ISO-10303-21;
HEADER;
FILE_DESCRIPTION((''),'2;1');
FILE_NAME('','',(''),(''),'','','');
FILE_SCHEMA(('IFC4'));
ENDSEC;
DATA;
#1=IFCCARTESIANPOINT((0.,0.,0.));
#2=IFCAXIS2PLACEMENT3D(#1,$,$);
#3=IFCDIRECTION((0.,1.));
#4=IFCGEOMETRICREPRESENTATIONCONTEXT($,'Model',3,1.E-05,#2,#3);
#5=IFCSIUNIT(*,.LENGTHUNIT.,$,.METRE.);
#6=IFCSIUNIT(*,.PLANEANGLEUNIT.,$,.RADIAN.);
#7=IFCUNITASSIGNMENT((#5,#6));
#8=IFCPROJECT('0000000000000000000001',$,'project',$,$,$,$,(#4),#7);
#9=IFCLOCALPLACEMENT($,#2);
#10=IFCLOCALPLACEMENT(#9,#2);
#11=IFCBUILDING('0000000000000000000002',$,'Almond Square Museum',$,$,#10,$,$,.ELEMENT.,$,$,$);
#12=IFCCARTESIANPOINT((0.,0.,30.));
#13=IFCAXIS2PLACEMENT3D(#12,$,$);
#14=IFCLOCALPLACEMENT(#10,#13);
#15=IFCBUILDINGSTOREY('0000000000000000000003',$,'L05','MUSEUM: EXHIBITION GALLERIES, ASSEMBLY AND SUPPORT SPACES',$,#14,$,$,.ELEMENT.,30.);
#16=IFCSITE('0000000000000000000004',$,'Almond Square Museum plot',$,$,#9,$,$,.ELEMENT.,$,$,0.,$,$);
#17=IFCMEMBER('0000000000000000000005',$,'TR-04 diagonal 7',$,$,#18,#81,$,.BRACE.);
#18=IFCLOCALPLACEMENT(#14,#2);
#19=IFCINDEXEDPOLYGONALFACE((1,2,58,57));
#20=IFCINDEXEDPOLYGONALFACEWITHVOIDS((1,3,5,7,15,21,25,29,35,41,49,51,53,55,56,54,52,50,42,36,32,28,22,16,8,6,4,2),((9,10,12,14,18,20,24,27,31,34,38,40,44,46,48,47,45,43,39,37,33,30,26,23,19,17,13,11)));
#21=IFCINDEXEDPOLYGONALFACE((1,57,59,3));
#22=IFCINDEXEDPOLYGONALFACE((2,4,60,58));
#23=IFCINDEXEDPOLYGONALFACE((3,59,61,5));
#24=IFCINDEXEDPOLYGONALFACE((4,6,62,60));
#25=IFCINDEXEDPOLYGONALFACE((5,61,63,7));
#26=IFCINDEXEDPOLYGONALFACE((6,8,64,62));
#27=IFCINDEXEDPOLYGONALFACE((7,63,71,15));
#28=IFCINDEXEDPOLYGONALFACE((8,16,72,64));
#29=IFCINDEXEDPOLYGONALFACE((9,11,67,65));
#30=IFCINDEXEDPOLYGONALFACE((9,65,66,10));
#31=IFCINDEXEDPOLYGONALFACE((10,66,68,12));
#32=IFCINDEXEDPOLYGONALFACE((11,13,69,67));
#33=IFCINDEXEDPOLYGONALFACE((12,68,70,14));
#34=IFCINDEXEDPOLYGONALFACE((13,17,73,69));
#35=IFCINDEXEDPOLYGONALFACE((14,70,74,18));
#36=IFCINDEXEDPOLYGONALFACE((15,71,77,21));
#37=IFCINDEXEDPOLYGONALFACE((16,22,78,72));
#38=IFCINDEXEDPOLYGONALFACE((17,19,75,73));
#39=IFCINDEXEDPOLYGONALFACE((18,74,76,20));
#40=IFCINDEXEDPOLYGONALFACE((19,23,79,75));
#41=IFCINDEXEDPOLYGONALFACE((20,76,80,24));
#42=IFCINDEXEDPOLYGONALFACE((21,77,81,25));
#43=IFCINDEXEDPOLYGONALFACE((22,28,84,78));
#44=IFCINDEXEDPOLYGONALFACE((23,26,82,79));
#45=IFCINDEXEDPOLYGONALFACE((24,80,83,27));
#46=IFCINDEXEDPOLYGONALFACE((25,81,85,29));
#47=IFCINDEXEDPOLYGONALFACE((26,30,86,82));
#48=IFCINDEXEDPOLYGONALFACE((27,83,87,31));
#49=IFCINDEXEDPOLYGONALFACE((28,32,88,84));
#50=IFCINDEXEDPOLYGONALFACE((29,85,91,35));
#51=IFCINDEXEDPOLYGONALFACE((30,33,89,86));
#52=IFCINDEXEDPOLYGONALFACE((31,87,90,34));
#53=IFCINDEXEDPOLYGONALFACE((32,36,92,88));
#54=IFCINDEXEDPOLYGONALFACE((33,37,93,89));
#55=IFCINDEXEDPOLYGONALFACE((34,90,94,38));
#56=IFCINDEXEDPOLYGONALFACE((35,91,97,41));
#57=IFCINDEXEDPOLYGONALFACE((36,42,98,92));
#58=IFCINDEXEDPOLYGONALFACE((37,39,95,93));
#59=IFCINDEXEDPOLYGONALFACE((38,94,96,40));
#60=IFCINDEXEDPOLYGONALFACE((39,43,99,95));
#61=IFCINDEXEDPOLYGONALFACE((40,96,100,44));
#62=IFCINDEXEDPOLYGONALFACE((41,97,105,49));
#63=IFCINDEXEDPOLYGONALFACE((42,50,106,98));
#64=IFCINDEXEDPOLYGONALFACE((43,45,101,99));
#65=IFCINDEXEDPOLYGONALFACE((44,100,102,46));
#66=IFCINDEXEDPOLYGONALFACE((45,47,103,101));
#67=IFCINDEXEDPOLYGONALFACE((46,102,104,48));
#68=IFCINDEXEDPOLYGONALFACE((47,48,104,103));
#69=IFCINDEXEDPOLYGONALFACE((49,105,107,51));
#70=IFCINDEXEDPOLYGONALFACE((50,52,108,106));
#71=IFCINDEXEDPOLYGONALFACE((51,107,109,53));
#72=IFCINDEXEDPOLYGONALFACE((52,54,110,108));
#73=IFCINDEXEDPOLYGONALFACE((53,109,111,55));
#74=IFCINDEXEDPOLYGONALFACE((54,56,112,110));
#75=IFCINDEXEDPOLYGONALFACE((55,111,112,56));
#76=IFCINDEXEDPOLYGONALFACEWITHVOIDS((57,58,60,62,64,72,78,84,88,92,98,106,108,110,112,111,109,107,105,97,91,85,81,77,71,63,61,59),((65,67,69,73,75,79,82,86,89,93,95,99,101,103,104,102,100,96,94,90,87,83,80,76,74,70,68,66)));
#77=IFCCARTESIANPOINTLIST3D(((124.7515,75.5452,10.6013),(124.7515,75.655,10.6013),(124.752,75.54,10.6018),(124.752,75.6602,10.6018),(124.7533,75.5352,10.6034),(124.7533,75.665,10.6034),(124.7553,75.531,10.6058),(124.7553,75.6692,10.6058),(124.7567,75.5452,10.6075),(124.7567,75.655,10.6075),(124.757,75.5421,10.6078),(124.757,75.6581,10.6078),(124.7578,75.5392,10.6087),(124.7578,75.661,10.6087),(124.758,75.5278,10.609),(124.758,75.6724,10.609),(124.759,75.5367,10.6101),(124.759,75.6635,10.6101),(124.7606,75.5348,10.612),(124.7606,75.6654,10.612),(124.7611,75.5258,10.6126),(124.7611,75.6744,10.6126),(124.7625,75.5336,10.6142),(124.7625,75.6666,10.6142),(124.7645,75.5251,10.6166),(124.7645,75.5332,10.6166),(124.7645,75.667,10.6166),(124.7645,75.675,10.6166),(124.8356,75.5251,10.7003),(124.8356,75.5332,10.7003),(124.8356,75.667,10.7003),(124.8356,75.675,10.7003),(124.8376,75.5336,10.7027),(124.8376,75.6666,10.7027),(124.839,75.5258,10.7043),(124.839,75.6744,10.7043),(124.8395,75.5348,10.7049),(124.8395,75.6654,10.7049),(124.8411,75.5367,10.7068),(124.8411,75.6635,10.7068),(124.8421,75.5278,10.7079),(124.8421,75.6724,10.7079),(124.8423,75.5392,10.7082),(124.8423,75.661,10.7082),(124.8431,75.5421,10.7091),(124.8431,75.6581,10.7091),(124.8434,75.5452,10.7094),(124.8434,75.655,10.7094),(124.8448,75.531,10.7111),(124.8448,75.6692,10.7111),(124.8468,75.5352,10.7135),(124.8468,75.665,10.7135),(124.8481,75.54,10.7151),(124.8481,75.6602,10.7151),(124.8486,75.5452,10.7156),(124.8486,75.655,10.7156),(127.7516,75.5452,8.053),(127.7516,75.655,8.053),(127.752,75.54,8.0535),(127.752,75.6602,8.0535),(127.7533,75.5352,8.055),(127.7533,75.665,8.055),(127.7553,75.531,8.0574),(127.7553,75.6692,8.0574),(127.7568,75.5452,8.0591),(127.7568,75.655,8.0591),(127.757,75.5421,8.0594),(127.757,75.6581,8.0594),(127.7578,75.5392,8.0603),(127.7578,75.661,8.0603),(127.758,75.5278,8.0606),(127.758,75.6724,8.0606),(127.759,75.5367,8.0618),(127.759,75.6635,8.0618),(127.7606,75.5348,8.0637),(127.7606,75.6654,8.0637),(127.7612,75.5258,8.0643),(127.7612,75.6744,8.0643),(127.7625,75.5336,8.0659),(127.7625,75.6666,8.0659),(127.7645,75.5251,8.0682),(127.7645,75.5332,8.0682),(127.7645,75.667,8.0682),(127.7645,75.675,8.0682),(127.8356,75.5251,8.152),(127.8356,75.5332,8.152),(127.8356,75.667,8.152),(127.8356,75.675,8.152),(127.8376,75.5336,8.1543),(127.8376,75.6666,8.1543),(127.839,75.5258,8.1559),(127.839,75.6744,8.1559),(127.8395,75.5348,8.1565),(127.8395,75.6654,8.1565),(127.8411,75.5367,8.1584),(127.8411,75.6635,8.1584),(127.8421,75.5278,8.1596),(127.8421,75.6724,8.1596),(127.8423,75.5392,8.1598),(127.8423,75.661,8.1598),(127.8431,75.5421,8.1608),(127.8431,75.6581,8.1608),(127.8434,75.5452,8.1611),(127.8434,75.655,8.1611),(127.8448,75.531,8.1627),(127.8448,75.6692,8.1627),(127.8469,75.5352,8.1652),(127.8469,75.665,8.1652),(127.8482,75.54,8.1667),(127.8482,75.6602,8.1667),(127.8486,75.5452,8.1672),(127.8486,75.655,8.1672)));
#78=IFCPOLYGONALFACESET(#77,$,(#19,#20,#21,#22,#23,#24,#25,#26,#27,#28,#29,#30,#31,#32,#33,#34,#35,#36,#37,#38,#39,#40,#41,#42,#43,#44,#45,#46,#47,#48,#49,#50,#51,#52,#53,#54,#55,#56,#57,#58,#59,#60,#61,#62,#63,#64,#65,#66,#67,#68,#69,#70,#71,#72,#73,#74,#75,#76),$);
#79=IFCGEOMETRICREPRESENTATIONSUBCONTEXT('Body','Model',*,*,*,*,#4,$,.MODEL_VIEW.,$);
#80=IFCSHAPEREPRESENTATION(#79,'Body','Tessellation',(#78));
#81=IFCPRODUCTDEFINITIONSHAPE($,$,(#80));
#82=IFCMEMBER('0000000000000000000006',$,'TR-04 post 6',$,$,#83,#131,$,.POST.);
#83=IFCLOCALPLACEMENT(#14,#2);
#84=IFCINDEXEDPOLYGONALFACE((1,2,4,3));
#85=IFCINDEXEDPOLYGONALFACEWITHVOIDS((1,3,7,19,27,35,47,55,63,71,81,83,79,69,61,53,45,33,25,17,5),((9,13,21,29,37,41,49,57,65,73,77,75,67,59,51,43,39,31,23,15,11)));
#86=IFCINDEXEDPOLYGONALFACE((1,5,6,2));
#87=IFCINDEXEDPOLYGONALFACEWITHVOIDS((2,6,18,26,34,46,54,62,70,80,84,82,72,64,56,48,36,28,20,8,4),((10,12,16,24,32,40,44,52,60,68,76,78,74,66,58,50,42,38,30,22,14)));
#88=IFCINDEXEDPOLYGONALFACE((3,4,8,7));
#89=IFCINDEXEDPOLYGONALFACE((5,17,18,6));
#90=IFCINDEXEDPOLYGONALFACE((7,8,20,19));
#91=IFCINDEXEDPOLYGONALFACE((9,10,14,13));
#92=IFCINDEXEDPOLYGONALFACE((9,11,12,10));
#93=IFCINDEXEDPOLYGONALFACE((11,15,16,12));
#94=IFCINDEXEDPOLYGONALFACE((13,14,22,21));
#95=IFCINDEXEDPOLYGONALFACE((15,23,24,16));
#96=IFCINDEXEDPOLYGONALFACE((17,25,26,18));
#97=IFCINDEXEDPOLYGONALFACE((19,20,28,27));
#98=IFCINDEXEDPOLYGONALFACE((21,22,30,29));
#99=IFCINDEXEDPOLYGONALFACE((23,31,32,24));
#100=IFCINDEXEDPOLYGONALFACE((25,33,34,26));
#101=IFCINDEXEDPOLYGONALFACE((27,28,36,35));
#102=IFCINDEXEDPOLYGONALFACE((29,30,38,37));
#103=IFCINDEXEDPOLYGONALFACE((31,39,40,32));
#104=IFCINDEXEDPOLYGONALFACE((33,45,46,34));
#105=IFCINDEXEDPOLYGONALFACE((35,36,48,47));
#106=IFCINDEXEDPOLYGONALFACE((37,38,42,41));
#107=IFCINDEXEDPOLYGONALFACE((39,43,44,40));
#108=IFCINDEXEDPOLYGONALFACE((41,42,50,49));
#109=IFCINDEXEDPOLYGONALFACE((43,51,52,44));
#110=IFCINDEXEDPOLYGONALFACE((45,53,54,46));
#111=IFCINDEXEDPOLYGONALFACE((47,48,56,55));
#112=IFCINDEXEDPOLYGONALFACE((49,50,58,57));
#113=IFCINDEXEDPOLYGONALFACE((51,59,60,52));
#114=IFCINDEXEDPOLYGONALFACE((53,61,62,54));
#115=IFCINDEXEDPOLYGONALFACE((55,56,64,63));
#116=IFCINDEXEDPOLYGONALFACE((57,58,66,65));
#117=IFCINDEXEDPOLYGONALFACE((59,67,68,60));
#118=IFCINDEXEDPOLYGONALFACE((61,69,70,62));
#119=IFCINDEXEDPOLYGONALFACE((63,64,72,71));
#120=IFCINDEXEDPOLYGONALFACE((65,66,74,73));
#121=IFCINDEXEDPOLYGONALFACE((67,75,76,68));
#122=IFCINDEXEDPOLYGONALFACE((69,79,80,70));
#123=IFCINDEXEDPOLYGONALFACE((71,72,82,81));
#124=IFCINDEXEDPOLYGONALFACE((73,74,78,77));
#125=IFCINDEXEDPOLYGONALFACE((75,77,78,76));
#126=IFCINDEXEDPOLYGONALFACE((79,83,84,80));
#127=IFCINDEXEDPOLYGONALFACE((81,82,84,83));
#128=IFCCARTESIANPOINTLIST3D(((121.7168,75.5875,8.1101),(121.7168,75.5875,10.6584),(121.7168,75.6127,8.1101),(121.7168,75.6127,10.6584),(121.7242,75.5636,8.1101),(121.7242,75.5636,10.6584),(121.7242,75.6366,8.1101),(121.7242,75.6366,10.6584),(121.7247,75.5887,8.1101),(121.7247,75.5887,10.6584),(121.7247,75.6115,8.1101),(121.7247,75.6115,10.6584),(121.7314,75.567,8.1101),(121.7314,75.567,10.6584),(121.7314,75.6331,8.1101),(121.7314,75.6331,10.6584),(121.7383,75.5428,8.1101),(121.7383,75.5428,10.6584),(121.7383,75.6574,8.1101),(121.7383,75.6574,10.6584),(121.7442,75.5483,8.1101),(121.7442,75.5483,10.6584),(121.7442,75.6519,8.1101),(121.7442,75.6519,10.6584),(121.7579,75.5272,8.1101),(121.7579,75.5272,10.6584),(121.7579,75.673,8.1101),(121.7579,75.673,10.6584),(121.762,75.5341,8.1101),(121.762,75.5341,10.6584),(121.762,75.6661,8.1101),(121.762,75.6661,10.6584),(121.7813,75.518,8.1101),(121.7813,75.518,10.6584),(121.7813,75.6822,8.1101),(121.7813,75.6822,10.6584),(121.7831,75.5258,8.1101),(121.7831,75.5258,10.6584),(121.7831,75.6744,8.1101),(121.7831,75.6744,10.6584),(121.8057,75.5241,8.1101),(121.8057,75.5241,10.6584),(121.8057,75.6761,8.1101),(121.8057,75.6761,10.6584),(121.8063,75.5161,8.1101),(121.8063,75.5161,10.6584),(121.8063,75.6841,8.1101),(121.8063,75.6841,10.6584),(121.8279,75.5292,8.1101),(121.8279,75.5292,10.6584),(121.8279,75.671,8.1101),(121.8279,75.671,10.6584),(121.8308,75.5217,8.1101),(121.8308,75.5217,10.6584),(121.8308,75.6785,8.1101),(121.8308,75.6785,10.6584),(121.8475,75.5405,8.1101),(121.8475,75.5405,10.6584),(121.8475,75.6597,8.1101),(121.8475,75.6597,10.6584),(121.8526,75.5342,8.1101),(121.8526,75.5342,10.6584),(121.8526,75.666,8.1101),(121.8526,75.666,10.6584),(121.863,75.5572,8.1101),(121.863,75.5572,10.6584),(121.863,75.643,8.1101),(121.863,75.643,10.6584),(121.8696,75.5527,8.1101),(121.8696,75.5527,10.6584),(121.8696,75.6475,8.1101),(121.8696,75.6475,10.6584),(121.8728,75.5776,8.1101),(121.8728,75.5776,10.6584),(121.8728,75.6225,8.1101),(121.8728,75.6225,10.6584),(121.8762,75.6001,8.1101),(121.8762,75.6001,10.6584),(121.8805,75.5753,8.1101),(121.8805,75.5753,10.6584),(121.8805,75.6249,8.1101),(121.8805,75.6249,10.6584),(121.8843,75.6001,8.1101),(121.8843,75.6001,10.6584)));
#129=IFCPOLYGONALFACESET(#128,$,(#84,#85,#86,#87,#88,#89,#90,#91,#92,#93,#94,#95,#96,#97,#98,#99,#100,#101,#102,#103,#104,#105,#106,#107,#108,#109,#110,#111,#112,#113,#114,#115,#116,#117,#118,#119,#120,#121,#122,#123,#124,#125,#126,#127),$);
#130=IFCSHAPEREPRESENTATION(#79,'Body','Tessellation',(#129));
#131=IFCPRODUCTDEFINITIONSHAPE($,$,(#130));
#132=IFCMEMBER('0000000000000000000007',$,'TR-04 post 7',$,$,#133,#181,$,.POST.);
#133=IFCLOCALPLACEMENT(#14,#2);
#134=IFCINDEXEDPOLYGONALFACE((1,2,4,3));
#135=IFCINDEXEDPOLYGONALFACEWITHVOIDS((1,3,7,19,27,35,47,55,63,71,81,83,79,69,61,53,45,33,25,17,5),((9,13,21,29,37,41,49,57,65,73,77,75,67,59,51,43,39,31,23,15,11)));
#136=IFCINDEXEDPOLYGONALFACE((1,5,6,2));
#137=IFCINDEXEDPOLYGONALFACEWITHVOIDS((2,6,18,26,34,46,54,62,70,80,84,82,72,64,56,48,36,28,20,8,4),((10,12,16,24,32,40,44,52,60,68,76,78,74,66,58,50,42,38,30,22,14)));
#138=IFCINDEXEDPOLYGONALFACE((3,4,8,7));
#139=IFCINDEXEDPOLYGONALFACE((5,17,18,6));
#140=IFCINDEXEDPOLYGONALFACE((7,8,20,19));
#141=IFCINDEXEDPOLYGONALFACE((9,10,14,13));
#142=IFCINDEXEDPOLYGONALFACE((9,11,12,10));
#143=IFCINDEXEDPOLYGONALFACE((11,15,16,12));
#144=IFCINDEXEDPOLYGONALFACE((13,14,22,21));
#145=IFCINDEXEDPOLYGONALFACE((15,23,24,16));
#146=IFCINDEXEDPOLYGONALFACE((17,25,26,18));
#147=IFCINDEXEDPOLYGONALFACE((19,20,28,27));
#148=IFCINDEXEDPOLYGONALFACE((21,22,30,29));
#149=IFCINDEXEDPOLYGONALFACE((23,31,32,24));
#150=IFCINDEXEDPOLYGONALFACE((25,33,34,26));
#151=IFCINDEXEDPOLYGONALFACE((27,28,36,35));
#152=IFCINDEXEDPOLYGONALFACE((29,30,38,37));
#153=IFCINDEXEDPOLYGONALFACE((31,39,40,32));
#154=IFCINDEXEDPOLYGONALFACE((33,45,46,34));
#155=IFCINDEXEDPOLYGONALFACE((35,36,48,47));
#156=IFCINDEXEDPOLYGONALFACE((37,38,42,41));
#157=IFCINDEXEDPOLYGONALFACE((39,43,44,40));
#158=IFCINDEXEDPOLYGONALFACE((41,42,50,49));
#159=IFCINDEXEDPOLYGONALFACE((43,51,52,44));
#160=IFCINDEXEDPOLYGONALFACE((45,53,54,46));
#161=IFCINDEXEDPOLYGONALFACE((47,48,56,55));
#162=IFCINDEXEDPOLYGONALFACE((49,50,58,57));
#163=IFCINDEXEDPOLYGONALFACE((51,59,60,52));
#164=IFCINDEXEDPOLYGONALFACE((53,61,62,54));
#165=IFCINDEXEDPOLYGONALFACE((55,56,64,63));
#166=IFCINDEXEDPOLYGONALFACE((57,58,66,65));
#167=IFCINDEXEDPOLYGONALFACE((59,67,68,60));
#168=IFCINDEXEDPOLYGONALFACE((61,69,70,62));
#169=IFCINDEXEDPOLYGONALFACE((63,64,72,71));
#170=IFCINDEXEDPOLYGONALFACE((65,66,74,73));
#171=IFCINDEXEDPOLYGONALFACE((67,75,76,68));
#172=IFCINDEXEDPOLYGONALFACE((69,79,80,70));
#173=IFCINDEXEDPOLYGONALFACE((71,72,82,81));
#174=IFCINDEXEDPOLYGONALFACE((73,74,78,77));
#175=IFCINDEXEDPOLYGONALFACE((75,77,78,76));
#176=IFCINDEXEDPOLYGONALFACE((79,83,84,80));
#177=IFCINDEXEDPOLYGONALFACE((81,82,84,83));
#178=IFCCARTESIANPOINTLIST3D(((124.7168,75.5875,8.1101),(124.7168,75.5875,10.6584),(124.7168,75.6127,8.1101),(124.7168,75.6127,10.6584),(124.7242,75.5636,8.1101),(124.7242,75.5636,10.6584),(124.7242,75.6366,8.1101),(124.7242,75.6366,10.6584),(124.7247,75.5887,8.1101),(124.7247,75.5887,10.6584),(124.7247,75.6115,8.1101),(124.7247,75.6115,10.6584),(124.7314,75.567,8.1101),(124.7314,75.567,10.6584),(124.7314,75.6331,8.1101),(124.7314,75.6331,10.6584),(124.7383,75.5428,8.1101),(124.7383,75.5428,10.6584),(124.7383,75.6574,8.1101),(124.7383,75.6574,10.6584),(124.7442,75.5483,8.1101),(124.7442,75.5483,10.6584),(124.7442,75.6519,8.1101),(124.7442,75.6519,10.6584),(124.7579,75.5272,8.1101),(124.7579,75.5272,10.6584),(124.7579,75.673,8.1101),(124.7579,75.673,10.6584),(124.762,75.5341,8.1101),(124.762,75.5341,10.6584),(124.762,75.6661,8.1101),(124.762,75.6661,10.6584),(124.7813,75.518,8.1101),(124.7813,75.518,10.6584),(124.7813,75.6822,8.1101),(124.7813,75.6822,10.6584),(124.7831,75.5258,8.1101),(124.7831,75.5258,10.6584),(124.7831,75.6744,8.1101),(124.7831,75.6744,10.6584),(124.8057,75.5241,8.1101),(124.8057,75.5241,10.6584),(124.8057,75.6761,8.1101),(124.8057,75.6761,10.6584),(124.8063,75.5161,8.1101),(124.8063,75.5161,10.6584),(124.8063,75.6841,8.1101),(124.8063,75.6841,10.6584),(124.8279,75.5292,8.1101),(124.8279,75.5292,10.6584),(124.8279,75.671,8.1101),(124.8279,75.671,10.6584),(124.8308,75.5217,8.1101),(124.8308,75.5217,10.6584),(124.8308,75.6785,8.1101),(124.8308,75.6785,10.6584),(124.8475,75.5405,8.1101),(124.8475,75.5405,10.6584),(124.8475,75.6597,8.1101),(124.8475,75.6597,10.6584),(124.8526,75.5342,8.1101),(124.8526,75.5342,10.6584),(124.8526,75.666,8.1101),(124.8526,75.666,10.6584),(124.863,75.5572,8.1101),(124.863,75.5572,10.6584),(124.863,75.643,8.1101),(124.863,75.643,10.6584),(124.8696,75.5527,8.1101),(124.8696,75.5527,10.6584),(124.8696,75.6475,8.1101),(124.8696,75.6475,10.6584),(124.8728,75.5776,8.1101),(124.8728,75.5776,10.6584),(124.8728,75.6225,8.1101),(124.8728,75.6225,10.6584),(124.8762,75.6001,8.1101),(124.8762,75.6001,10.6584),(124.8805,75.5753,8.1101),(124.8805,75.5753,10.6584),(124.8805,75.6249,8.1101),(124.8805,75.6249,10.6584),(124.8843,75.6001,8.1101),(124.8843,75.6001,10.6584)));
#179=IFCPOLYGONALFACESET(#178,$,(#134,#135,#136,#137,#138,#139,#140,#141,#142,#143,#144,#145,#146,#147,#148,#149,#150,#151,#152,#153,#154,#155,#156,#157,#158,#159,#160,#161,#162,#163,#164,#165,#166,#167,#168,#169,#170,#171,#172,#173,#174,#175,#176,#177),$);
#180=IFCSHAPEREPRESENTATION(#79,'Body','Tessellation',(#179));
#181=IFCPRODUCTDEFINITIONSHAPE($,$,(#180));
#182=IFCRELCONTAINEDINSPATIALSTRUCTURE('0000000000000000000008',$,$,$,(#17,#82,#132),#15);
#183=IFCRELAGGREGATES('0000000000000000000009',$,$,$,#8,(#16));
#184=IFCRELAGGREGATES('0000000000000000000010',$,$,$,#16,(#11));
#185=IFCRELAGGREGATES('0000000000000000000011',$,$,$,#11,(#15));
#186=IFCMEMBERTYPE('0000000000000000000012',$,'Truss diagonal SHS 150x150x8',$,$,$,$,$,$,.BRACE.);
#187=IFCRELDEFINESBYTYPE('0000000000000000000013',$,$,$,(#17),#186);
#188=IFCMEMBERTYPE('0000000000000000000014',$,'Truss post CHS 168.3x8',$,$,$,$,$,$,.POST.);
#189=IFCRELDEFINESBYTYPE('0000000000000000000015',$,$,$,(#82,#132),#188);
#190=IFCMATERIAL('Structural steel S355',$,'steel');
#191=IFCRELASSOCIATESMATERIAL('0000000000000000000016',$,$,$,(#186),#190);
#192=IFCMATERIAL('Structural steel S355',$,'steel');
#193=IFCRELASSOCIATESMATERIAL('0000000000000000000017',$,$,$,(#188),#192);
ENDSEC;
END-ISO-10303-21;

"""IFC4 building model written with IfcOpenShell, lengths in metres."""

from ifc_helpers import new_model, si_unit, direction, frame, origin, origin_2d, place, context, subcontext, project, spatial, hollow_rectangle, hollow_circle, extrude, material, material_profile, profile_set, type_object, element, save


model = new_model("IFC4")

# Units and contexts
model_context = context("Model", 3, precision=1e-05, world=origin(), true_north=direction((0.0, 1.0)))
body_context = subcontext(model_context, "Body", "Model", "MODEL_VIEW")
ifc_project = project(units=[si_unit("LENGTHUNIT", "METRE"), si_unit("PLANEANGLEUNIT", "RADIAN")], contexts=[model_context])

# Site, building, storey
site_placement = place(None, origin())
site = spatial("IfcSite", under=ifc_project, at=site_placement, Name="Almond Square Museum plot", CompositionType="ELEMENT", RefElevation=0.0)
building_placement = place(site_placement, origin())
building = spatial("IfcBuilding", under=site, at=building_placement, Name="Almond Square Museum", CompositionType="ELEMENT")
storey_placement = place(building_placement, frame((0.0, 0.0, 30.0)))
storey = spatial("IfcBuildingStorey", under=building, at=storey_placement, Name="L05", Description="MUSEUM: EXHIBITION GALLERIES, ASSEMBLY AND SUPPORT SPACES", CompositionType="ELEMENT", Elevation=30.0)

# Members
ifc_material_1 = material(Name="Structural steel S355", Category="steel")
ifc_material_profile_1 = material_profile(ifc_material_1, hollow_rectangle(XDim=0.1499, YDim=0.1499, WallThickness=0.0081, InnerFilletRadius=0.012, OuterFilletRadius=0.02, at=origin_2d()))
ifc_profile_set_1 = profile_set([ifc_material_profile_1], Name="Structural steel S355")
member_type_1 = type_object("IfcMemberType", Name="Truss diagonal SHS 150x150x8", PredefinedType="BRACE", material=ifc_profile_set_1)
for number, where, z_axis, x_axis, name in (
    (1, (124.8, 75.6001, 10.6584), (0.762147, 0.0, -0.647404), (0.0, 1.0, 0.0), "TR-04 diagonal 7"),
):
    element("IfcMember", number, at=place(storey_placement, frame(where, z_axis=z_axis, x_axis=x_axis)), inside=storey, type_object=member_type_1, Name=name, PredefinedType="BRACE", context=body_context, shape_type="SweptSolid", body=[
        extrude(hollow_rectangle(XDim=0.1499, YDim=0.1499, WallThickness=0.0081, InnerFilletRadius=0.012, OuterFilletRadius=0.02, at=origin_2d()), origin(), (0.0, 0.0, 1.0), 3.9363),
    ])
ifc_material_2 = material(Name="Structural steel S355", Category="steel")
ifc_material_profile_2 = material_profile(ifc_material_2, hollow_circle(Radius=0.0842, WallThickness=0.0081, at=origin_2d()))
ifc_profile_set_2 = profile_set([ifc_material_profile_2], Name="Structural steel S355")
member_type_2 = type_object("IfcMemberType", Name="Truss post CHS 168.3x8", PredefinedType="POST", material=ifc_profile_set_2)
for number, where, z_axis, x_axis, name in (
    (2, (121.8, 75.6001, 8.1101), (0.0, 0.0, 1.0), (1.0, 0.0, 0.0), "TR-04 post 6"),
    (3, (124.8, 75.6001, 8.1101), (0.0, 0.0, 1.0), (1.0, 0.0, 0.0), "TR-04 post 7"),
):
    element("IfcMember", number, at=place(storey_placement, frame(where, z_axis=z_axis, x_axis=x_axis)), inside=storey, type_object=member_type_2, Name=name, PredefinedType="POST", context=body_context, shape_type="SweptSolid", body=[
        extrude(hollow_circle(Radius=0.0842, WallThickness=0.0081, at=origin_2d()), origin(), (0.0, 0.0, 1.0), 2.5483),
    ])

save(model, "model.ifc")
